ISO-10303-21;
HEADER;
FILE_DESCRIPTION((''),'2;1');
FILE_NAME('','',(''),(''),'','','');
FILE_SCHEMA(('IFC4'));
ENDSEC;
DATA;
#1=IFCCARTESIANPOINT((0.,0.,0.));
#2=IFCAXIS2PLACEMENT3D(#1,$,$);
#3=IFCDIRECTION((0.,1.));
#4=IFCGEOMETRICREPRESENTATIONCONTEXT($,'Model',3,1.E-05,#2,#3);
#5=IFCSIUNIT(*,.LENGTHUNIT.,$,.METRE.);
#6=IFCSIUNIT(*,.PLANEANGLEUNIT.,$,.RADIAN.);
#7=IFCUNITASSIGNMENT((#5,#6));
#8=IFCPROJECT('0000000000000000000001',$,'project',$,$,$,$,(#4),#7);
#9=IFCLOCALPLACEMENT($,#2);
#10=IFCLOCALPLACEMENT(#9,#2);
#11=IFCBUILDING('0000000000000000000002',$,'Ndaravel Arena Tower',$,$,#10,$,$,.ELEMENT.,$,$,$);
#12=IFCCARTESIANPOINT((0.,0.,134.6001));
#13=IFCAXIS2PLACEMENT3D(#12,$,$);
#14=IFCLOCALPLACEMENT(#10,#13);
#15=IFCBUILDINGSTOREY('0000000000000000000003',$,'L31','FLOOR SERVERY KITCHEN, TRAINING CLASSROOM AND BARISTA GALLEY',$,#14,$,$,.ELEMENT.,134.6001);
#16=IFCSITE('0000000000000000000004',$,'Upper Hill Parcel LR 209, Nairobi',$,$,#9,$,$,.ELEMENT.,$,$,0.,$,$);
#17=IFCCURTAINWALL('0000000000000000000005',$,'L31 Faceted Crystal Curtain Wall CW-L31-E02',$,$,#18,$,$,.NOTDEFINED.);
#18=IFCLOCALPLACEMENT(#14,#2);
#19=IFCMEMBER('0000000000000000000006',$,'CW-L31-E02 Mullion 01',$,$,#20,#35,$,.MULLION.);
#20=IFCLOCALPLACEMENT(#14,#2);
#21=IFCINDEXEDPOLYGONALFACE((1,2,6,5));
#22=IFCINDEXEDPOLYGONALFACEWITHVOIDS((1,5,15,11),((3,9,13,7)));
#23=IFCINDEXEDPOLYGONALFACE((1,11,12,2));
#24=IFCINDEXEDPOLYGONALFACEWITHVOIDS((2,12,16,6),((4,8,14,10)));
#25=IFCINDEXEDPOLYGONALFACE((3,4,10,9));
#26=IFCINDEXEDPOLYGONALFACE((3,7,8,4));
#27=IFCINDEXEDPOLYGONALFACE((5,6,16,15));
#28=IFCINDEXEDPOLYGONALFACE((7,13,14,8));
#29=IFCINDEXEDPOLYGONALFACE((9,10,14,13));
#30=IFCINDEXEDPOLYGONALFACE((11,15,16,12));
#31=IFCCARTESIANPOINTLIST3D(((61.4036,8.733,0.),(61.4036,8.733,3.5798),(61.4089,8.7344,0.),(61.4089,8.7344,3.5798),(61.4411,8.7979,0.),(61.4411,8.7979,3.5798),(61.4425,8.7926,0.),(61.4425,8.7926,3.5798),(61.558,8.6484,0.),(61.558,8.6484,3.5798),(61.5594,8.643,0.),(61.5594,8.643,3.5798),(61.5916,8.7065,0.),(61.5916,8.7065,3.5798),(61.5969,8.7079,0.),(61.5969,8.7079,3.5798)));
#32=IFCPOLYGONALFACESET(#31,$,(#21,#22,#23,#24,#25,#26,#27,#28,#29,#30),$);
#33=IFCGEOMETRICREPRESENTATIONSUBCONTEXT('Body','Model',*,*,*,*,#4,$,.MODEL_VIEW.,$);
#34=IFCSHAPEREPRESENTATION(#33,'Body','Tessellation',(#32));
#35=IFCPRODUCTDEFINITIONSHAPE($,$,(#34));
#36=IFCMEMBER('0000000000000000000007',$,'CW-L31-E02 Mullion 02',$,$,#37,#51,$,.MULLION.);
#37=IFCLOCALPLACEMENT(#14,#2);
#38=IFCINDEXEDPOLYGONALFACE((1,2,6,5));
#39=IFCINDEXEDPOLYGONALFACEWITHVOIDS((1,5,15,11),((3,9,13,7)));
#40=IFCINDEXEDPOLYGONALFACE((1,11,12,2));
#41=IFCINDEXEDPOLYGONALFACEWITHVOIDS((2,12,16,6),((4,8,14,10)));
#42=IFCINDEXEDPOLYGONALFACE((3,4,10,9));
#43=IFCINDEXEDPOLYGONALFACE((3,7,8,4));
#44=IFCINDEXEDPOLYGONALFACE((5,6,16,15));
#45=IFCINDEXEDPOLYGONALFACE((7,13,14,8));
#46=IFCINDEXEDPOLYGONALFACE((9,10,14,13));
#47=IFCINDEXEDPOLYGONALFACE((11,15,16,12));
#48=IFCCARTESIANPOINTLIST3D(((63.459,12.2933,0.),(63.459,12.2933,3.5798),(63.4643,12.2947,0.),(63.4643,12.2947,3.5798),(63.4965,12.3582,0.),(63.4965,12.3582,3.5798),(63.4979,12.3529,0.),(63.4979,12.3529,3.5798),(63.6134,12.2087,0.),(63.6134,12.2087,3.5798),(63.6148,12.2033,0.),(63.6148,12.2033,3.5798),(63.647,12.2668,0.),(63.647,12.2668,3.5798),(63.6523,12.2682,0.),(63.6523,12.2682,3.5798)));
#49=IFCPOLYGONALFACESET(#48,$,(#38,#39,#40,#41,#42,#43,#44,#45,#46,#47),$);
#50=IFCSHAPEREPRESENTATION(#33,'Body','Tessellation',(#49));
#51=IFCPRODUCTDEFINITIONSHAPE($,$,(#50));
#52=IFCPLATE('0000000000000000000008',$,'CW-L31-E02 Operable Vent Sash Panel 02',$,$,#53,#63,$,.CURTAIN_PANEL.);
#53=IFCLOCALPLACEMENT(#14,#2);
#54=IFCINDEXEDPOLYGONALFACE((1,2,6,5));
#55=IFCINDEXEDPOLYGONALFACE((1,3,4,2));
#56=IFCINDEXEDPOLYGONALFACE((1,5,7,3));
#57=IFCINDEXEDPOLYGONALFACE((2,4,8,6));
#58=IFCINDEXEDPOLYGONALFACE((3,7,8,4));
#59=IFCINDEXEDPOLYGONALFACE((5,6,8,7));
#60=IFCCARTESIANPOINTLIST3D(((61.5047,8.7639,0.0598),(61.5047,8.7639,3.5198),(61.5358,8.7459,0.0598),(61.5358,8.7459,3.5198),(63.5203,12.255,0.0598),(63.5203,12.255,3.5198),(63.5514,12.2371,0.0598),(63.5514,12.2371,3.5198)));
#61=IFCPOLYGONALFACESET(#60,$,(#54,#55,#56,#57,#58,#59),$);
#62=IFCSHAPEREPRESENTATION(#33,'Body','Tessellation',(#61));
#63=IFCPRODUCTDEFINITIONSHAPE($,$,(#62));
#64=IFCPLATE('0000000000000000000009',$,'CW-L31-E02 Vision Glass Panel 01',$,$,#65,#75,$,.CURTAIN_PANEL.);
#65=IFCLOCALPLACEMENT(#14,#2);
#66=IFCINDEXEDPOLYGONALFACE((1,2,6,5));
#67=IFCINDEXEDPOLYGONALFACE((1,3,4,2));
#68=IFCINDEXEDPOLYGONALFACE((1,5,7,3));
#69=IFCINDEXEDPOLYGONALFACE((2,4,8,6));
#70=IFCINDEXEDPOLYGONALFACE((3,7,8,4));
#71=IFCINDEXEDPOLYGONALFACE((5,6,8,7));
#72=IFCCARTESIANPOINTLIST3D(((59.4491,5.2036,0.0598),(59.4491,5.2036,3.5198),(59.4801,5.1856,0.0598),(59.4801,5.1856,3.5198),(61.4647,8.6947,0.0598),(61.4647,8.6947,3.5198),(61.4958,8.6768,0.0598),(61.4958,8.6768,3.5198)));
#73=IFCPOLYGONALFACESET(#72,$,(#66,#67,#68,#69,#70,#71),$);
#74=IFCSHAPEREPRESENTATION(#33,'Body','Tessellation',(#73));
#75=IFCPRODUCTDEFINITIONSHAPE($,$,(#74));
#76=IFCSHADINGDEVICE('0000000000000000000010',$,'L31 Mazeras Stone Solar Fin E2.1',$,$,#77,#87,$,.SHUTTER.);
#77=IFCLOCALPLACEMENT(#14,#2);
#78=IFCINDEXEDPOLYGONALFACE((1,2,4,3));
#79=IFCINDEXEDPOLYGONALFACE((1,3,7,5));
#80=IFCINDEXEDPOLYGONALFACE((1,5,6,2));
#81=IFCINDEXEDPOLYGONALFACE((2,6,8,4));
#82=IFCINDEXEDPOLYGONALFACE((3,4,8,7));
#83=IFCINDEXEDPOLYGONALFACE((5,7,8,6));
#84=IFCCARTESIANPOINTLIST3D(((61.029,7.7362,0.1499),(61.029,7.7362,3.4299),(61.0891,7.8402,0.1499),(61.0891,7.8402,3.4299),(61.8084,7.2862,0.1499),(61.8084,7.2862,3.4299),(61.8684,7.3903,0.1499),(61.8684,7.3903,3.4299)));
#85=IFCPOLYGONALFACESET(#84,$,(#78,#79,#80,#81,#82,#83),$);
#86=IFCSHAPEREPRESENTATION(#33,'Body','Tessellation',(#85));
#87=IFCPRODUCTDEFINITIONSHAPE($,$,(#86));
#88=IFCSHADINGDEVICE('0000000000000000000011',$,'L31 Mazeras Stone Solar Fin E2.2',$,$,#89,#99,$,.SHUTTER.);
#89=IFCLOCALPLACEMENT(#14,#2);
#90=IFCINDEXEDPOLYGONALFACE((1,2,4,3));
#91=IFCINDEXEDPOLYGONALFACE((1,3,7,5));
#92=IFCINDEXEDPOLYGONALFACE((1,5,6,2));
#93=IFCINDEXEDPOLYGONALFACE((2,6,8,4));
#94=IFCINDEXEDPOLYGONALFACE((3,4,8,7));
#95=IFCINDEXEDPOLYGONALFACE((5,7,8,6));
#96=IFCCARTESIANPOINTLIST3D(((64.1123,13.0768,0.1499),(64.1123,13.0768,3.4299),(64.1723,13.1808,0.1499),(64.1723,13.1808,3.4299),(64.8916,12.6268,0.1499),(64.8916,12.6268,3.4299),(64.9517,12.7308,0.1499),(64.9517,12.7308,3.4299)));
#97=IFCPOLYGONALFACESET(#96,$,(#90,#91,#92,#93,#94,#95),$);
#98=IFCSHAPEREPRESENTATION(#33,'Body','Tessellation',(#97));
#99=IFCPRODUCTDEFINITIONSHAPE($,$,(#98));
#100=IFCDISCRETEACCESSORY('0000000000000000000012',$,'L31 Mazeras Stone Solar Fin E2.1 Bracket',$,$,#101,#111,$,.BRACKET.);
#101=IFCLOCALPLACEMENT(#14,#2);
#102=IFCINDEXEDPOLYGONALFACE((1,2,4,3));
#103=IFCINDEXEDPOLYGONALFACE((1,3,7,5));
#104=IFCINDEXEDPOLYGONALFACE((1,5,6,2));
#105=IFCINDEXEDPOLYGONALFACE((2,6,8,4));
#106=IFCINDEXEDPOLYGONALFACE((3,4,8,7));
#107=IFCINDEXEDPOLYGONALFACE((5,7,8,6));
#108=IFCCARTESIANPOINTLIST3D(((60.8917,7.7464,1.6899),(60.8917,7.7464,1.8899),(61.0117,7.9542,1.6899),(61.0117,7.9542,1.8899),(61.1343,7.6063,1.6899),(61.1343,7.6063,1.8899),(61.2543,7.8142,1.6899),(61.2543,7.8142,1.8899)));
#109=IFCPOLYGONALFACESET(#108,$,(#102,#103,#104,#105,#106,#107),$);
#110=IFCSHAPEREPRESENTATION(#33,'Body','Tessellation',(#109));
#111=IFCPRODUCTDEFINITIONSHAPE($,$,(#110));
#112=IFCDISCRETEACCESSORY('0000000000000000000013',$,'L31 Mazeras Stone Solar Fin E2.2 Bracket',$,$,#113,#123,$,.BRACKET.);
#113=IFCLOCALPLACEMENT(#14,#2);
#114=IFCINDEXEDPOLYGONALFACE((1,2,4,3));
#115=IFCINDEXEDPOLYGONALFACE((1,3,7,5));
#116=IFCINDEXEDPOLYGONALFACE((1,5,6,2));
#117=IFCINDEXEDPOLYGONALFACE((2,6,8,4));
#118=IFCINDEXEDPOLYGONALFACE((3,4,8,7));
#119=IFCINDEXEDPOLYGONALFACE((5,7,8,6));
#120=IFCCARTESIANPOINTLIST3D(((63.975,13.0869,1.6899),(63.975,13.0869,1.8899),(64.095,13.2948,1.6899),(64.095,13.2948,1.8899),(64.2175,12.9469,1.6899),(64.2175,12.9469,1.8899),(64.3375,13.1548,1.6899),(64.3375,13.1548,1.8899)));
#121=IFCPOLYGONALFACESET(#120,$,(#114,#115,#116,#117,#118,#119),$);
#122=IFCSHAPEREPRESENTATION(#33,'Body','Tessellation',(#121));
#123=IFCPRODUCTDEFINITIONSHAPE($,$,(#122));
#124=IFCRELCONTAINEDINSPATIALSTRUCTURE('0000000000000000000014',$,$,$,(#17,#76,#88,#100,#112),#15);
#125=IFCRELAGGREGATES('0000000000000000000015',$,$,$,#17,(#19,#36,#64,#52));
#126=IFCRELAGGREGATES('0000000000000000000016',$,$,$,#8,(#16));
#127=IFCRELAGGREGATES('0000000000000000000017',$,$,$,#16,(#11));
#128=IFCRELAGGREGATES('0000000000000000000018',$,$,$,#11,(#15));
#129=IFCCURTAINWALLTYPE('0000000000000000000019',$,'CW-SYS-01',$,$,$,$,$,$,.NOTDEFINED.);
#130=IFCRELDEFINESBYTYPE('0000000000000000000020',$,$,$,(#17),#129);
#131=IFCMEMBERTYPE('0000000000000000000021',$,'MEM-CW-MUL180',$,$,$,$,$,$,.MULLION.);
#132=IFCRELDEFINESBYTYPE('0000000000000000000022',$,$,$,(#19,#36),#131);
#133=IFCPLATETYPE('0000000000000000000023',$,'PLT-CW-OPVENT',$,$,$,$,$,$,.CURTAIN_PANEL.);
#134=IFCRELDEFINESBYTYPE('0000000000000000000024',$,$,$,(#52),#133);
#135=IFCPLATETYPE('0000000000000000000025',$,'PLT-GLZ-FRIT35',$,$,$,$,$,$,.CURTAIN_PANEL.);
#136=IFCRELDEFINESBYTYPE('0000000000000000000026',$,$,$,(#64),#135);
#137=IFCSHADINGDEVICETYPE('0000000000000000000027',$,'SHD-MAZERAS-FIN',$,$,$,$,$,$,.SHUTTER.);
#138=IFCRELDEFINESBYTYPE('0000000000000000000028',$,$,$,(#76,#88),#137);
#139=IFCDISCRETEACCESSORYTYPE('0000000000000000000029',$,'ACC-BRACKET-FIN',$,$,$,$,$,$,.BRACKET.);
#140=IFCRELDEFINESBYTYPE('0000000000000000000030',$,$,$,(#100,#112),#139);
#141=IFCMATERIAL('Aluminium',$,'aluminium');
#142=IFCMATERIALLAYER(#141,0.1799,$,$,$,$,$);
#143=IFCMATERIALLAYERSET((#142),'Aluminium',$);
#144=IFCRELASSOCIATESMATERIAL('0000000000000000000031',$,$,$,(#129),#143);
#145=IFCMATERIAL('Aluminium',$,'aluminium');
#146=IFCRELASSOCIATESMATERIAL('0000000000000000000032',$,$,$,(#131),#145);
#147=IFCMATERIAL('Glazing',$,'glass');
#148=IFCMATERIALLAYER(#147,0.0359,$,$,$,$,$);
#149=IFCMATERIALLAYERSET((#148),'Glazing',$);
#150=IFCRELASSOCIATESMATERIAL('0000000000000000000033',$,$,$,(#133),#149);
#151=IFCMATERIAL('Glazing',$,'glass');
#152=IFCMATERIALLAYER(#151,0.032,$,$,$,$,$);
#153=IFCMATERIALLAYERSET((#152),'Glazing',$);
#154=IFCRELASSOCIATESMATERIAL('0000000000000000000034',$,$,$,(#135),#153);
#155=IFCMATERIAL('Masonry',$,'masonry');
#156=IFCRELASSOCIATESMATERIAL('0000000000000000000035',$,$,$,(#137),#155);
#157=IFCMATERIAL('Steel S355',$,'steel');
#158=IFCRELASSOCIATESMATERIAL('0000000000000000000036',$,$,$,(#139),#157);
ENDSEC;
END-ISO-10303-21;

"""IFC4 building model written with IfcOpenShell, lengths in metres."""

from ifc_helpers import new_model, si_unit, direction, frame, origin, origin_2d, place, context, subcontext, project, spatial, rectangle, hollow_rectangle, extrude, material, layer, layer_set, material_profile, profile_set, type_object, element, aggregate, save


model = new_model("IFC4")

# Units and contexts
model_context = context("Model", 3, precision=1e-05, world=origin(), true_north=direction((0.0, 1.0)))
body_context = subcontext(model_context, "Body", "Model", "MODEL_VIEW")
ifc_project = project(units=[si_unit("LENGTHUNIT", "METRE"), si_unit("PLANEANGLEUNIT", "RADIAN")], contexts=[model_context])

# Site, building, storey
site_placement = place(None, origin())
site = spatial("IfcSite", under=ifc_project, at=site_placement, Name="Upper Hill Parcel LR 209, Nairobi", CompositionType="ELEMENT", RefElevation=0.0)
building_placement = place(site_placement, origin())
building = spatial("IfcBuilding", under=site, at=building_placement, Name="Ndaravel Arena Tower", CompositionType="ELEMENT")
storey_placement = place(building_placement, frame((0.0, 0.0, 134.6001)))
storey = spatial("IfcBuildingStorey", under=building, at=storey_placement, Name="L31", Description="FLOOR SERVERY KITCHEN, TRAINING CLASSROOM AND BARISTA GALLEY", CompositionType="ELEMENT", Elevation=134.6001)

# Curtain wall, members, plates
ifc_material_1 = material(Name="Aluminium", Category="aluminium")
ifc_layer_1 = layer(ifc_material_1, 0.1799)
ifc_layer_set_1 = layer_set([ifc_layer_1], Name="Aluminium")
curtain_wall_type = type_object("IfcCurtainWallType", Name="CW-SYS-01", PredefinedType="NOTDEFINED", material=ifc_layer_set_1)
curtain_wall_placement = place(storey_placement, origin())
curtain_wall = element("IfcCurtainWall", 1, at=curtain_wall_placement, inside=storey, type_object=curtain_wall_type, Name="L31 Faceted Crystal Curtain Wall CW-L31-E02", PredefinedType="NOTDEFINED")
ifc_material_2 = material(Name="Aluminium", Category="aluminium")
ifc_material_profile_1 = material_profile(ifc_material_2, hollow_rectangle(XDim=0.075, YDim=0.1799, WallThickness=0.0039, at=origin_2d()), Name="CW MULLION 75x180x4")
ifc_profile_set_1 = profile_set([ifc_material_profile_1], Name="Aluminium")
member_type = type_object("IfcMemberType", Name="MEM-CW-MUL180", PredefinedType="MULLION", material=ifc_profile_set_1)
member_1_placement = place(storey_placement, frame((61.5002, 8.7205, 0.0), z_axis=(0.0, 0.0, 1.0), x_axis=(0.5, 0.866025, 0.0)))
member_1 = element("IfcMember", 2, at=member_1_placement, type_object=member_type, Name="CW-L31-E02 Mullion 01", PredefinedType="MULLION", context=body_context, shape_type="SweptSolid", body=[
    extrude(hollow_rectangle(XDim=0.075, YDim=0.1799, WallThickness=0.0039, at=origin_2d()), origin(), (0.0, 0.0, 1.0), 3.5798),
])
member_2_placement = place(storey_placement, frame((63.5557, 12.2808, 0.0), z_axis=(0.0, 0.0, 1.0), x_axis=(0.5, 0.866025, 0.0)))
member_2 = element("IfcMember", 3, at=member_2_placement, type_object=member_type, Name="CW-L31-E02 Mullion 02", PredefinedType="MULLION", context=body_context, shape_type="SweptSolid", body=[
    extrude(hollow_rectangle(XDim=0.075, YDim=0.1799, WallThickness=0.0039, at=origin_2d()), origin(), (0.0, 0.0, 1.0), 3.5798),
])
ifc_material_3 = material(Name="Glazing", Category="glass")
ifc_layer_2 = layer(ifc_material_3, 0.0359)
ifc_layer_set_2 = layer_set([ifc_layer_2], Name="Glazing")
plate_type_1 = type_object("IfcPlateType", Name="PLT-CW-OPVENT", PredefinedType="CURTAIN_PANEL", material=ifc_layer_set_2)
plate_1_placement = place(storey_placement, frame((62.5281, 10.5005, 0.0598), z_axis=(0.0, 0.0, 1.0), x_axis=(0.5, 0.866025, 0.0)))
plate_1 = element("IfcPlate", 4, at=plate_1_placement, type_object=plate_type_1, Name="CW-L31-E02 Operable Vent Sash Panel 02", PredefinedType="CURTAIN_PANEL", context=body_context, shape_type="SweptSolid", body=[
    extrude(rectangle(XDim=4.0312, YDim=0.0359, at=origin_2d()), origin(), (0.0, 0.0, 1.0), 3.46),
])
ifc_material_4 = material(Name="Glazing", Category="glass")
ifc_layer_3 = layer(ifc_material_4, 0.032)
ifc_layer_set_3 = layer_set([ifc_layer_3], Name="Glazing")
plate_type_2 = type_object("IfcPlateType", Name="PLT-GLZ-FRIT35", PredefinedType="CURTAIN_PANEL", material=ifc_layer_set_3)
plate_2_placement = place(storey_placement, frame((60.4724, 6.9402, 0.0598), z_axis=(0.0, 0.0, 1.0), x_axis=(0.5, 0.866025, 0.0)))
plate_2 = element("IfcPlate", 5, at=plate_2_placement, type_object=plate_type_2, Name="CW-L31-E02 Vision Glass Panel 01", PredefinedType="CURTAIN_PANEL", context=body_context, shape_type="SweptSolid", body=[
    extrude(rectangle(XDim=4.0312, YDim=0.0359, at=origin_2d()), origin(), (0.0, 0.0, 1.0), 3.46),
])
aggregate(curtain_wall, [member_1, member_2, plate_2, plate_1])

# Shading devices
ifc_material_5 = material(Name="Masonry", Category="masonry")
shading_device_type = type_object("IfcShadingDeviceType", Name="SHD-MAZERAS-FIN", PredefinedType="SHUTTER", material=ifc_material_5)
for number, where, z_axis, x_axis, name in (
    (6, (61.4487, 7.5632, 0.1499), (0.0, 0.0, 1.0), (0.866025, -0.5, 0.0), "L31 Mazeras Stone Solar Fin E2.1"),
    (7, (64.532, 12.9038, 0.1499), (0.0, 0.0, 1.0), (0.866025, -0.5, 0.0), "L31 Mazeras Stone Solar Fin E2.2"),
):
    element("IfcShadingDevice", number, at=place(storey_placement, frame(where, z_axis=z_axis, x_axis=x_axis)), inside=storey, type_object=shading_device_type, Name=name, PredefinedType="SHUTTER", context=body_context, shape_type="SweptSolid", body=[
        extrude(rectangle(XDim=0.8999, YDim=0.1201, at=origin_2d()), origin(), (0.0, 0.0, 1.0), 3.28),
    ])

# Discrete accessories
ifc_material_6 = material(Name="Steel S355", Category="steel")
discrete_accessory_type = type_object("IfcDiscreteAccessoryType", Name="ACC-BRACKET-FIN", PredefinedType="BRACKET", material=ifc_material_6)
for number, where, z_axis, x_axis, name in (
    (8, (61.073, 7.7803, 1.6899), (0.0, 0.0, 1.0), (0.866025, -0.5, 0.0), "L31 Mazeras Stone Solar Fin E2.1 Bracket"),
    (9, (64.1562, 13.1208, 1.6899), (0.0, 0.0, 1.0), (0.866025, -0.5, 0.0), "L31 Mazeras Stone Solar Fin E2.2 Bracket"),
):
    element("IfcDiscreteAccessory", number, at=place(storey_placement, frame(where, z_axis=z_axis, x_axis=x_axis)), inside=storey, type_object=discrete_accessory_type, Name=name, PredefinedType="BRACKET", context=body_context, shape_type="SweptSolid", body=[
        extrude(rectangle(XDim=0.28, YDim=0.24, at=origin_2d()), origin(), (0.0, 0.0, 1.0), 0.2),
    ])

save(model, "model.ifc")
